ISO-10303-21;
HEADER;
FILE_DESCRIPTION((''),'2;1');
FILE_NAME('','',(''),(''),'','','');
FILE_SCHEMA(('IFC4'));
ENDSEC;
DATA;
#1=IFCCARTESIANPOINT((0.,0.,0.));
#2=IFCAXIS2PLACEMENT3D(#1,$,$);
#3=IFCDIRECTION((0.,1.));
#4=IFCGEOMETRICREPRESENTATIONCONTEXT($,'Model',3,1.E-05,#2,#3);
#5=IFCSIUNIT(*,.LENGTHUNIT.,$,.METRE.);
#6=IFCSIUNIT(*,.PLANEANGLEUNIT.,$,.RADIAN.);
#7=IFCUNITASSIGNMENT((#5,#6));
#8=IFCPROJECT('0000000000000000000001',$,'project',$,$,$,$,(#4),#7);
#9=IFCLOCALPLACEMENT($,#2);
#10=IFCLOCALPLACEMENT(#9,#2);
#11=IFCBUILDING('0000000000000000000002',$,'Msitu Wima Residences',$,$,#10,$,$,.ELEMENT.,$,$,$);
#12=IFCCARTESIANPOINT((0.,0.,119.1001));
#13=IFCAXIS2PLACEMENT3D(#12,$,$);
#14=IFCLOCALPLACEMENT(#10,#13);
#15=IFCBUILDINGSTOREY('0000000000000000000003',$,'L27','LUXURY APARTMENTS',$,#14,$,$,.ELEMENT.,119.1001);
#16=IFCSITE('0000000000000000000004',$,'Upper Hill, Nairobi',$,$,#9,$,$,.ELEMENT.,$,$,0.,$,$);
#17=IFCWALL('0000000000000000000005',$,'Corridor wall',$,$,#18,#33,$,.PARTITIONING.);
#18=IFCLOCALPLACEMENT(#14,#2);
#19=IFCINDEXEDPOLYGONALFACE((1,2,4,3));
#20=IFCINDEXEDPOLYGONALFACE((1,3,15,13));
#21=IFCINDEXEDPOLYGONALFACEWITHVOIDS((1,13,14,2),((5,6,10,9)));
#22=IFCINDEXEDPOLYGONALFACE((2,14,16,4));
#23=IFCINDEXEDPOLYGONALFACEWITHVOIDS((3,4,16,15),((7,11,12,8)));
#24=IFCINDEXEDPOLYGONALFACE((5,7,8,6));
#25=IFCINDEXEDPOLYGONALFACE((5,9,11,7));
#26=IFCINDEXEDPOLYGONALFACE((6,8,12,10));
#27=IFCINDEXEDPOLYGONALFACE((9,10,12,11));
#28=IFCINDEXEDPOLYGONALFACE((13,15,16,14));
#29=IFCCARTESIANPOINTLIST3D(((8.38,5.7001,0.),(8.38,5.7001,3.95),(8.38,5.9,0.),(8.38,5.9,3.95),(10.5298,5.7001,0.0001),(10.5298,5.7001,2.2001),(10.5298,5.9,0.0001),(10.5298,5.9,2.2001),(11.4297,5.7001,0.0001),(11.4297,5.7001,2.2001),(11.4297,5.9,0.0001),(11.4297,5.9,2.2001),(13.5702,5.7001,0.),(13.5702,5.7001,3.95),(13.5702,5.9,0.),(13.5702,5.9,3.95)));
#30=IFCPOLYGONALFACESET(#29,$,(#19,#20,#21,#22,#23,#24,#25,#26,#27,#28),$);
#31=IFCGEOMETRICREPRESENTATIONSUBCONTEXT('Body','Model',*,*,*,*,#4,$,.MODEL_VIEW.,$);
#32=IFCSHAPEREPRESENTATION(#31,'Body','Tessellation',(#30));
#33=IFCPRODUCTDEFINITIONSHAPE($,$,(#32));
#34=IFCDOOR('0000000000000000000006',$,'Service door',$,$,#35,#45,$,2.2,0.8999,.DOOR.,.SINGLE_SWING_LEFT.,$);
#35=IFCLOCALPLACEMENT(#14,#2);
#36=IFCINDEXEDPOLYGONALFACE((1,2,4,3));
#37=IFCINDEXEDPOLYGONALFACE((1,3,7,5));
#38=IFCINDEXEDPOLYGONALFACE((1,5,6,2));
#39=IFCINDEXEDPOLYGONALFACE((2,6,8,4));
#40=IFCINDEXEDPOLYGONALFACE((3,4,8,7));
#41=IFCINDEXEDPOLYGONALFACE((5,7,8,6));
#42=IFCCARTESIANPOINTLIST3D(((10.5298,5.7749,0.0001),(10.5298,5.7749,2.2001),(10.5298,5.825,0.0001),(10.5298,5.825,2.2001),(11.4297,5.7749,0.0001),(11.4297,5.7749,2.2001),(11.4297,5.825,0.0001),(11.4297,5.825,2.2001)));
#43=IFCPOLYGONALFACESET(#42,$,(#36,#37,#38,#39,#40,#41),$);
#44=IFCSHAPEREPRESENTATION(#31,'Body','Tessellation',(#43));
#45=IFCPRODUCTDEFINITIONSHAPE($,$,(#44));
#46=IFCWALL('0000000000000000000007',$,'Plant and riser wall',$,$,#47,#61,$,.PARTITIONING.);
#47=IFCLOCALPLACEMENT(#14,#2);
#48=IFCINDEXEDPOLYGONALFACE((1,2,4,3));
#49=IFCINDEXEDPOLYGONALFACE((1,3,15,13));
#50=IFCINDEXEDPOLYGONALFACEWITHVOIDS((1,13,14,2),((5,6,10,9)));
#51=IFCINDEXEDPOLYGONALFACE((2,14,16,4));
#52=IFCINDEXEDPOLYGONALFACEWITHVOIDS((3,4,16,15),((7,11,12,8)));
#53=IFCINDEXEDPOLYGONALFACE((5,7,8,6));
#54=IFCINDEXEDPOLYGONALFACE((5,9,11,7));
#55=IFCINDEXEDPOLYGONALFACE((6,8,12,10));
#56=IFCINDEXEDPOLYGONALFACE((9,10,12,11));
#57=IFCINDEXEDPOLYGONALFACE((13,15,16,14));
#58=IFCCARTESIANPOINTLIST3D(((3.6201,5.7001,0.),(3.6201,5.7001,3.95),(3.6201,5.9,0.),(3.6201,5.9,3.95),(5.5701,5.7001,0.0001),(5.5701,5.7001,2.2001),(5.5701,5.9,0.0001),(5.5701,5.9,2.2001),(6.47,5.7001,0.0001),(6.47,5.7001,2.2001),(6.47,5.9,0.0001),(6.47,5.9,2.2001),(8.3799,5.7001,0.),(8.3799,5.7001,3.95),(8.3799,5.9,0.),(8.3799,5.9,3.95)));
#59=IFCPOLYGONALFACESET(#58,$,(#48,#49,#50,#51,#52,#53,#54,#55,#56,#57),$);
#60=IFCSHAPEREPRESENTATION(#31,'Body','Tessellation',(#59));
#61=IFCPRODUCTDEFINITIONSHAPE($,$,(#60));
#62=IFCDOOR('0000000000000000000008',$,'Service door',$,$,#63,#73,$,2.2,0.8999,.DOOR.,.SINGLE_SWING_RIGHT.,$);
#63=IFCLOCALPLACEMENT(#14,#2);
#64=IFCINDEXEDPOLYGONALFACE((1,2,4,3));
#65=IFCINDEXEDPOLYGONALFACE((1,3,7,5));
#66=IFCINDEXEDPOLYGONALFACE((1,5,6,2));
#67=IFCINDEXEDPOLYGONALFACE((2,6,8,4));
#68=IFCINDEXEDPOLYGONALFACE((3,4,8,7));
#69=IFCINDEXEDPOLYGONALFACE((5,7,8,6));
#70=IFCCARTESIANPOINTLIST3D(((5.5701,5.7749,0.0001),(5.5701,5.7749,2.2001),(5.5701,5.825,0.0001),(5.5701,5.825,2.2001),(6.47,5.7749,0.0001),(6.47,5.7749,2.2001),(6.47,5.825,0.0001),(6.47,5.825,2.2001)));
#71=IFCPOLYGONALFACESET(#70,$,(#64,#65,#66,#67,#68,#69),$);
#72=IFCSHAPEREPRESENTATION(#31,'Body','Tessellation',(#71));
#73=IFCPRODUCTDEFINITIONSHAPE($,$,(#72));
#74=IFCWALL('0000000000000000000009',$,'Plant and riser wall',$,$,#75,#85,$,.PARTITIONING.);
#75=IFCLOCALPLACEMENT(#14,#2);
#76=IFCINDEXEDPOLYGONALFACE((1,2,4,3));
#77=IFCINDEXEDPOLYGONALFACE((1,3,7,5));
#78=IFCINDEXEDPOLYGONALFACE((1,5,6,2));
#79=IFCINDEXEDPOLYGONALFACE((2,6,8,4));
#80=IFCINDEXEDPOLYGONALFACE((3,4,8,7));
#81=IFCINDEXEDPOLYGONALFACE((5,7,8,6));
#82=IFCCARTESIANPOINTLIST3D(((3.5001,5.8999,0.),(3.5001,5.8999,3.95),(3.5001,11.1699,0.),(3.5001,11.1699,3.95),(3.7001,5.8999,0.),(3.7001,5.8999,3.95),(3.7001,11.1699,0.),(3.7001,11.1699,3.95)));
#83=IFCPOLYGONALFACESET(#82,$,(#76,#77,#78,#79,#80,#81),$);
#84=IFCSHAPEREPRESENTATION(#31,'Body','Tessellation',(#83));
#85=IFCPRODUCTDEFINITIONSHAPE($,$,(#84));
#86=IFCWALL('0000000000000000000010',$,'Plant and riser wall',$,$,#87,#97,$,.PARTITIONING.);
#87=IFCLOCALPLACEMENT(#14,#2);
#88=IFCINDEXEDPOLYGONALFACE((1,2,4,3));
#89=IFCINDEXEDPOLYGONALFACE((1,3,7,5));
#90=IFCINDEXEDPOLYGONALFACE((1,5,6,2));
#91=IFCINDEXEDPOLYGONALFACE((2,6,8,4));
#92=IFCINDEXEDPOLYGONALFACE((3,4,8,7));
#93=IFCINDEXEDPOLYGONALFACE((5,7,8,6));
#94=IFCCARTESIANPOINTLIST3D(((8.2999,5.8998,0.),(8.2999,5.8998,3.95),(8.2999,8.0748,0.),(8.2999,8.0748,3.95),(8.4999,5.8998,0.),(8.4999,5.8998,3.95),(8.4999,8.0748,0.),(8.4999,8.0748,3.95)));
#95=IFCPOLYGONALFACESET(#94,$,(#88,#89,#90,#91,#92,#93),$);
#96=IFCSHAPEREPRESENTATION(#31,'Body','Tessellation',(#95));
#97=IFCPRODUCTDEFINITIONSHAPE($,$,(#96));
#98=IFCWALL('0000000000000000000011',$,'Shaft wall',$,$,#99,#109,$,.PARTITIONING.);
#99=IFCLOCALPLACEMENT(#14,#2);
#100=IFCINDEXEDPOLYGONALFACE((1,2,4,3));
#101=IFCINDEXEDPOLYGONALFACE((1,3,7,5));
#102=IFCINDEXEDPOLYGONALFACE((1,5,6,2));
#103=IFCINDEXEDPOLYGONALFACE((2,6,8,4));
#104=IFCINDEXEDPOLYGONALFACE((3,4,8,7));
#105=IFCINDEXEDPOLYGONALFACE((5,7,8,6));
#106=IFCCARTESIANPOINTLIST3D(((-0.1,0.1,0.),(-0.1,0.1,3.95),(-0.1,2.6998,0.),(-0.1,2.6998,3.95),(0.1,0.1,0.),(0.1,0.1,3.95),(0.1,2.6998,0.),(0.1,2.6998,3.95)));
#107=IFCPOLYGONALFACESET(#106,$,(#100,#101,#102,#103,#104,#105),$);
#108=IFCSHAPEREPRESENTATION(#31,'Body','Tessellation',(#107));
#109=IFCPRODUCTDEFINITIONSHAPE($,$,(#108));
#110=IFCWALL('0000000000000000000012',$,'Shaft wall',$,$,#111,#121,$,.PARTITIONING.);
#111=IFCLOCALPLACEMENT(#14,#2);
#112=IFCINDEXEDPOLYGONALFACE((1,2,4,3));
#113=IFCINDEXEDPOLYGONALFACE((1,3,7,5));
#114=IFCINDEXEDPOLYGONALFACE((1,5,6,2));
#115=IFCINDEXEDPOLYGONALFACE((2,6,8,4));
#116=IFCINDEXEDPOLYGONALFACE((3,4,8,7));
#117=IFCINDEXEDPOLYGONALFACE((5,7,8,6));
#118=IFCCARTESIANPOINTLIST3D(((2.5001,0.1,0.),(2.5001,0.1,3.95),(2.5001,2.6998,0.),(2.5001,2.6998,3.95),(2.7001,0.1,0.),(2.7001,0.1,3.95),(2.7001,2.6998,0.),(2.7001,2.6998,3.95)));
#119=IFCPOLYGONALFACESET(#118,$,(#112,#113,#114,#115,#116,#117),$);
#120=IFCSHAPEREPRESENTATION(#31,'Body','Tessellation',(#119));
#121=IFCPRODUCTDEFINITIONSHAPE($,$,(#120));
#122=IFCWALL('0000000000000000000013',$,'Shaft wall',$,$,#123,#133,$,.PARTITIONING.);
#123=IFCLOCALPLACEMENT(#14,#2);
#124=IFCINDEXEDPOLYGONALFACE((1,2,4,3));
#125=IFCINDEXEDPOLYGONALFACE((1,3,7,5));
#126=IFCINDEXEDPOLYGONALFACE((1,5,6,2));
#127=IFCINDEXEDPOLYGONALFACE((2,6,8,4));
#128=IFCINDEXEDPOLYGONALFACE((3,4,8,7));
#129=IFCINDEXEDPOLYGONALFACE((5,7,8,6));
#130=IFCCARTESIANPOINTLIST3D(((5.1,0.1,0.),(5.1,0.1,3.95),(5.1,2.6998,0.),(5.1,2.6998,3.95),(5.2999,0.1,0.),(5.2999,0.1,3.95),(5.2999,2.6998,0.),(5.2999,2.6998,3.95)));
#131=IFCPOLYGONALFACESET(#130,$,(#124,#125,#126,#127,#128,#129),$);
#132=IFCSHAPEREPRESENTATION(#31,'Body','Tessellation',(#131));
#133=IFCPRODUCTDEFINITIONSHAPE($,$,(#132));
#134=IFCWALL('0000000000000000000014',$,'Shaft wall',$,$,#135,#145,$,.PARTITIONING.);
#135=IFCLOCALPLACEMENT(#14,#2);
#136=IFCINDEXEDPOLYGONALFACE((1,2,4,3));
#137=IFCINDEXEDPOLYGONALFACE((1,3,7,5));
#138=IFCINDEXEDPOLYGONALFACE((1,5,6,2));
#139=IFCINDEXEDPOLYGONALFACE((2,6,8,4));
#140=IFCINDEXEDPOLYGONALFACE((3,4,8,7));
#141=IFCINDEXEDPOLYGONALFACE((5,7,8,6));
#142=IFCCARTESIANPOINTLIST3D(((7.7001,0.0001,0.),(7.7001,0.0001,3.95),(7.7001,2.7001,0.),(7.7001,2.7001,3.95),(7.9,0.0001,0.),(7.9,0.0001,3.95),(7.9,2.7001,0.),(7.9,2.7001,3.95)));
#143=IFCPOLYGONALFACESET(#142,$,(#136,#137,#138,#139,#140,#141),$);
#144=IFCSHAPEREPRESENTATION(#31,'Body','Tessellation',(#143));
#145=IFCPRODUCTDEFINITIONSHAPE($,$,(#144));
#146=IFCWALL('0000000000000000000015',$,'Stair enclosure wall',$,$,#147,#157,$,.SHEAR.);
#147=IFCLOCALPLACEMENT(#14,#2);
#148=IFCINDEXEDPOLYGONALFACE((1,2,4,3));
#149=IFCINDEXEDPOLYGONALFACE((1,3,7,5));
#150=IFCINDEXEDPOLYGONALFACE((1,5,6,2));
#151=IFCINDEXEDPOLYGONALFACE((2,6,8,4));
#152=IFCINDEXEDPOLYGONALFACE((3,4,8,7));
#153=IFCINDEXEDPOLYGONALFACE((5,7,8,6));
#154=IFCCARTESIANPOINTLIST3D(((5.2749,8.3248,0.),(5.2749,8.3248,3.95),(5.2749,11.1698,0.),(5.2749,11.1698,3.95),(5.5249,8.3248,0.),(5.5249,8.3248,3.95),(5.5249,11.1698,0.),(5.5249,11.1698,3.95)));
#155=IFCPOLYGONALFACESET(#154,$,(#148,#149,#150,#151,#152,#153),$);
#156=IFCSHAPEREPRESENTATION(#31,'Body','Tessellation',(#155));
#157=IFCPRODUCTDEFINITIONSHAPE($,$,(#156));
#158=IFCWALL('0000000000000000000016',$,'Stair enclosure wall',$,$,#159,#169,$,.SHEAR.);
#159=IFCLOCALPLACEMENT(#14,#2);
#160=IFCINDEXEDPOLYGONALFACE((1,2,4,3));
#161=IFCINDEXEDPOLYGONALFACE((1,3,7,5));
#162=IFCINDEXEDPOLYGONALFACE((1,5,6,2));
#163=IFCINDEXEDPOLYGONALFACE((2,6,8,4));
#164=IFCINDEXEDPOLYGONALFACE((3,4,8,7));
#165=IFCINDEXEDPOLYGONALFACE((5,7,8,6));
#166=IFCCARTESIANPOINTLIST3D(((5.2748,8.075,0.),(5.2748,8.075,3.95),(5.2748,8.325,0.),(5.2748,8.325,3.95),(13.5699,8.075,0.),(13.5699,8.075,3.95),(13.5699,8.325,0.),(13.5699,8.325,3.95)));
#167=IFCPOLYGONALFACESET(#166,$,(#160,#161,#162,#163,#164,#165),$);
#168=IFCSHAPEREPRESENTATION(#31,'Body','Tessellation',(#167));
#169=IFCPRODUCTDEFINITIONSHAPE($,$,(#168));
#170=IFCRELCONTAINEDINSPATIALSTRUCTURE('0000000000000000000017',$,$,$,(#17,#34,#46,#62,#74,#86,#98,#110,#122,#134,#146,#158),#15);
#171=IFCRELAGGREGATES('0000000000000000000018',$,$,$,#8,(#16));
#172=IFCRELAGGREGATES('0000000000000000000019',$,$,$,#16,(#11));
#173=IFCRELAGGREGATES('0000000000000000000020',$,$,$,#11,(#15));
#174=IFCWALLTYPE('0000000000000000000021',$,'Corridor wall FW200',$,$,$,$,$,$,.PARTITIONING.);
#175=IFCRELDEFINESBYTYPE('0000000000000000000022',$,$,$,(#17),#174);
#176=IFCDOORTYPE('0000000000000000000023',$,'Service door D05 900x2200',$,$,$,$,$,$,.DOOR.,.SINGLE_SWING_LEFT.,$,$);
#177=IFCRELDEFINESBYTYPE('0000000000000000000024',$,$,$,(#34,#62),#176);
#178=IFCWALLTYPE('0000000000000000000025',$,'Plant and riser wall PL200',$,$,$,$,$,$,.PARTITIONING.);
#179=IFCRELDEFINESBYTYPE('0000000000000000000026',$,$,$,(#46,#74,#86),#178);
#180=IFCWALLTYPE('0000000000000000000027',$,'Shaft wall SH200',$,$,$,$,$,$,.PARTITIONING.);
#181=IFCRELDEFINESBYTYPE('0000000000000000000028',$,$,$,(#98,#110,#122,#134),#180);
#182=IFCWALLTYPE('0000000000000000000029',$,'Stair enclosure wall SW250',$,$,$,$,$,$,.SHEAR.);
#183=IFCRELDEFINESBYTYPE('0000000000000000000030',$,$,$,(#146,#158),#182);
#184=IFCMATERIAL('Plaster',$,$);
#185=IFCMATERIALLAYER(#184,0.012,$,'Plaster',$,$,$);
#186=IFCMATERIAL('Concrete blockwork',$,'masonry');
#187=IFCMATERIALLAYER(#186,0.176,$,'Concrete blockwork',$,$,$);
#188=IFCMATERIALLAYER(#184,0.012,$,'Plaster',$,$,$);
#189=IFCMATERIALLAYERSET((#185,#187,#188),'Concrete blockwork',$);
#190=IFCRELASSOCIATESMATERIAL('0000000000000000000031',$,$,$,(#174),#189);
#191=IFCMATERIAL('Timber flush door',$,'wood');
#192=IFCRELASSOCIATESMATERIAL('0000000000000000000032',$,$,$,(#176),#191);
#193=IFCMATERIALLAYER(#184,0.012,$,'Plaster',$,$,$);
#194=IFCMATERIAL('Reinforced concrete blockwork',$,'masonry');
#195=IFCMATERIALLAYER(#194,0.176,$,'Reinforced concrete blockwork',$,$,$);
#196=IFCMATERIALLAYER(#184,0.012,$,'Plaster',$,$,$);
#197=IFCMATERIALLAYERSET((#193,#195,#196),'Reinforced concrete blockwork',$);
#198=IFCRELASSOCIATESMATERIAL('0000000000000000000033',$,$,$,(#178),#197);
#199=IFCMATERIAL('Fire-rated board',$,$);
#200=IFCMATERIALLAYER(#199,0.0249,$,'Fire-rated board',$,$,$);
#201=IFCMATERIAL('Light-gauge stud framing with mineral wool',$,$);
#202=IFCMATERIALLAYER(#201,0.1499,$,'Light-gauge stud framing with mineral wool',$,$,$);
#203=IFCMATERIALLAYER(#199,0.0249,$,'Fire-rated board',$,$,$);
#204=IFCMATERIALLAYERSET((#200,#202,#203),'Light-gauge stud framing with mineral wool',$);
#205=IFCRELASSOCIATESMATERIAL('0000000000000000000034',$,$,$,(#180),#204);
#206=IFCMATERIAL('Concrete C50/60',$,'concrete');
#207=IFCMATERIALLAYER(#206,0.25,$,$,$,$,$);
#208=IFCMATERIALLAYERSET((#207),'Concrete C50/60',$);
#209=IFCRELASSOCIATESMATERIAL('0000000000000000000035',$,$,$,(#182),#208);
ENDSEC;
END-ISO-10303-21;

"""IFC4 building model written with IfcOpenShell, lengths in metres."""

from ifc_helpers import new_model, si_unit, direction, frame, frame_2d, origin, place, context, subcontext, project, spatial, rectangle, extrude, material, layer, layer_set, type_object, element, fill, save


model = new_model("IFC4")

# Units and contexts
model_context = context("Model", 3, precision=1e-05, world=origin(), true_north=direction((0.0, 1.0)))
body_context = subcontext(model_context, "Body", "Model", "MODEL_VIEW")
ifc_project = project(units=[si_unit("LENGTHUNIT", "METRE"), si_unit("PLANEANGLEUNIT", "RADIAN")], contexts=[model_context])

# Site, building, storey
site_placement = place(None, origin())
site = spatial("IfcSite", under=ifc_project, at=site_placement, Name="Upper Hill, Nairobi", CompositionType="ELEMENT", RefElevation=0.0)
building_placement = place(site_placement, origin())
building = spatial("IfcBuilding", under=site, at=building_placement, Name="Msitu Wima Residences", CompositionType="ELEMENT")
storey_placement = place(building_placement, frame((0.0, 0.0, 119.1001)))
storey = spatial("IfcBuildingStorey", under=building, at=storey_placement, Name="L27", Description="LUXURY APARTMENTS", CompositionType="ELEMENT", Elevation=119.1001)

# Walls, openings, doors
ifc_material_1 = material(Name="Plaster")
ifc_layer_1 = layer(ifc_material_1, 0.012, Name="Plaster")
ifc_material_2 = material(Name="Concrete blockwork", Category="masonry")
ifc_layer_2 = layer(ifc_material_2, 0.176, Name="Concrete blockwork")
ifc_layer_3 = layer(ifc_material_1, 0.012, Name="Plaster")
ifc_layer_set_1 = layer_set([ifc_layer_1, ifc_layer_2, ifc_layer_3], Name="Concrete blockwork")
wall_type_1 = type_object("IfcWallType", Name="Corridor wall FW200", PredefinedType="PARTITIONING", material=ifc_layer_set_1)
wall_1_placement = place(storey_placement, frame((8.3799, 5.8, 0.0), z_axis=(0.0, 0.0, 1.0), x_axis=(1.0, 0.0, 0.0)))
wall_1 = element("IfcWall", 1, at=wall_1_placement, inside=storey, type_object=wall_type_1, Name="Corridor wall", PredefinedType="PARTITIONING", context=body_context, shape_type="SweptSolid", body=[
    extrude(rectangle(XDim=5.1902, YDim=0.2, at=frame_2d((2.5952, 0.0))), origin(), (0.0, 0.0, 1.0), 3.95),
])
opening_1_placement = place(wall_1_placement, frame((2.1499, 0.0, 0.0)))
opening_1 = element("IfcOpeningElement", 2, at=opening_1_placement, cuts=wall_1, PredefinedType="OPENING", context=body_context, shape_type="SweptSolid", body=[
    extrude(rectangle(XDim=0.8999, YDim=2.2, at=frame_2d((0.45, 1.1001))), frame((0.0, 0.1099, 0.0), z_axis=(0.0, -1.0, 0.0), x_axis=(1.0, 0.0, 0.0)), (0.0, 0.0, 1.0), 0.22),
])
ifc_material_3 = material(Name="Timber flush door", Category="wood")
door_type = type_object("IfcDoorType", Name="Service door D05 900x2200", OperationType="SINGLE_SWING_LEFT", PredefinedType="DOOR", material=ifc_material_3)
door_1_placement = place(opening_1_placement, origin())
door_1 = element("IfcDoor", 3, at=door_1_placement, inside=storey, type_object=door_type, Name="Service door", OperationType="SINGLE_SWING_LEFT", OverallHeight=2.2, OverallWidth=0.8999, PredefinedType="DOOR", context=body_context, shape_type="SweptSolid", body=[
    extrude(rectangle(XDim=0.8999, YDim=2.2, at=frame_2d((0.45, 1.1001))), frame((0.0, 0.0249, 0.0), z_axis=(0.0, -1.0, 0.0), x_axis=(1.0, 0.0, 0.0)), (0.0, 0.0, 1.0), 0.05),
])
fill(opening_1, door_1)
ifc_layer_4 = layer(ifc_material_1, 0.012, Name="Plaster")
ifc_material_4 = material(Name="Reinforced concrete blockwork", Category="masonry")
ifc_layer_5 = layer(ifc_material_4, 0.176, Name="Reinforced concrete blockwork")
ifc_layer_6 = layer(ifc_material_1, 0.012, Name="Plaster")
ifc_layer_set_2 = layer_set([ifc_layer_4, ifc_layer_5, ifc_layer_6], Name="Reinforced concrete blockwork")
wall_type_2 = type_object("IfcWallType", Name="Plant and riser wall PL200", PredefinedType="PARTITIONING", material=ifc_layer_set_2)
wall_2_placement = place(storey_placement, frame((3.6201, 5.8, 0.0), z_axis=(0.0, 0.0, 1.0), x_axis=(1.0, 0.0, 0.0)))
wall_2 = element("IfcWall", 4, at=wall_2_placement, inside=storey, type_object=wall_type_2, Name="Plant and riser wall", PredefinedType="PARTITIONING", context=body_context, shape_type="SweptSolid", body=[
    extrude(rectangle(XDim=4.7598, YDim=0.2, at=frame_2d((2.3799, 0.0))), origin(), (0.0, 0.0, 1.0), 3.95),
])
opening_2_placement = place(wall_2_placement, frame((1.95, 0.0, 0.0)))
opening_2 = element("IfcOpeningElement", 5, at=opening_2_placement, cuts=wall_2, PredefinedType="OPENING", context=body_context, shape_type="SweptSolid", body=[
    extrude(rectangle(XDim=0.8999, YDim=2.2, at=frame_2d((0.45, 1.1001))), frame((0.0, 0.1099, 0.0), z_axis=(0.0, -1.0, 0.0), x_axis=(1.0, 0.0, 0.0)), (0.0, 0.0, 1.0), 0.22),
])
door_2_placement = place(opening_2_placement, origin())
door_2 = element("IfcDoor", 6, at=door_2_placement, inside=storey, type_object=door_type, Name="Service door", OperationType="SINGLE_SWING_RIGHT", OverallHeight=2.2, OverallWidth=0.8999, PredefinedType="DOOR", context=body_context, shape_type="SweptSolid", body=[
    extrude(rectangle(XDim=0.8999, YDim=2.2, at=frame_2d((0.45, 1.1001))), frame((0.0, 0.0249, 0.0), z_axis=(0.0, -1.0, 0.0), x_axis=(1.0, 0.0, 0.0)), (0.0, 0.0, 1.0), 0.05),
])
fill(opening_2, door_2)

# Walls
wall_3_placement = place(storey_placement, frame((3.6001, 5.8999, 0.0), z_axis=(0.0, 0.0, 1.0), x_axis=(0.0, 1.0, 0.0)))
element("IfcWall", 7, at=wall_3_placement, inside=storey, type_object=wall_type_2, Name="Plant and riser wall", PredefinedType="PARTITIONING", context=body_context, shape_type="SweptSolid", body=[
    extrude(rectangle(XDim=5.27, YDim=0.2, at=frame_2d((2.635, 0.0))), origin(), (0.0, 0.0, 1.0), 3.95),
])
wall_4_placement = place(storey_placement, frame((8.3999, 5.8999, 0.0), z_axis=(0.0, 0.0, 1.0), x_axis=(0.0, 1.0, 0.0)))
element("IfcWall", 8, at=wall_4_placement, inside=storey, type_object=wall_type_2, Name="Plant and riser wall", PredefinedType="PARTITIONING", context=body_context, shape_type="SweptSolid", body=[
    extrude(rectangle(XDim=2.175, YDim=0.2, at=frame_2d((1.0874, 0.0))), origin(), (0.0, 0.0, 1.0), 3.95),
])
ifc_material_5 = material(Name="Fire-rated board")
ifc_layer_7 = layer(ifc_material_5, 0.0249, Name="Fire-rated board")
ifc_material_6 = material(Name="Light-gauge stud framing with mineral wool")
ifc_layer_8 = layer(ifc_material_6, 0.1499, Name="Light-gauge stud framing with mineral wool")
ifc_layer_9 = layer(ifc_material_5, 0.0249, Name="Fire-rated board")
ifc_layer_set_3 = layer_set([ifc_layer_7, ifc_layer_8, ifc_layer_9], Name="Light-gauge stud framing with mineral wool")
wall_type_3 = type_object("IfcWallType", Name="Shaft wall SH200", PredefinedType="PARTITIONING", material=ifc_layer_set_3)
for number, where, z_axis, x_axis, name in (
    (9, (0.0, 0.1001, 0.0), (0.0, 0.0, 1.0), (0.0, 1.0, 0.0), "Shaft wall"),
    (10, (2.6001, 0.1001, 0.0), (0.0, 0.0, 1.0), (0.0, 1.0, 0.0), "Shaft wall"),
    (11, (5.2, 0.1001, 0.0), (0.0, 0.0, 1.0), (0.0, 1.0, 0.0), "Shaft wall"),
):
    element("IfcWall", number, at=place(storey_placement, frame(where, z_axis=z_axis, x_axis=x_axis)), inside=storey, type_object=wall_type_3, Name=name, PredefinedType="PARTITIONING", context=body_context, shape_type="SweptSolid", body=[
        extrude(rectangle(XDim=2.5999, YDim=0.2, at=frame_2d((1.2998, 0.0))), origin(), (0.0, 0.0, 1.0), 3.95),
    ])
wall_5_placement = place(storey_placement, frame((7.8, 0.0, 0.0), z_axis=(0.0, 0.0, 1.0), x_axis=(0.0, 1.0, 0.0)))
element("IfcWall", 12, at=wall_5_placement, inside=storey, type_object=wall_type_3, Name="Shaft wall", PredefinedType="PARTITIONING", context=body_context, shape_type="SweptSolid", body=[
    extrude(rectangle(XDim=2.7, YDim=0.2, at=frame_2d((1.3501, 0.0))), origin(), (0.0, 0.0, 1.0), 3.95),
])
ifc_material_7 = material(Name="Concrete C50/60", Category="concrete")
ifc_layer_10 = layer(ifc_material_7, 0.25)
ifc_layer_set_4 = layer_set([ifc_layer_10], Name="Concrete C50/60")
wall_type_4 = type_object("IfcWallType", Name="Stair enclosure wall SW250", PredefinedType="SHEAR", material=ifc_layer_set_4)
wall_6_placement = place(storey_placement, frame((5.3999, 8.325, 0.0), z_axis=(0.0, 0.0, 1.0), x_axis=(0.0, 1.0, 0.0)))
element("IfcWall", 13, at=wall_6_placement, inside=storey, type_object=wall_type_4, Name="Stair enclosure wall", PredefinedType="SHEAR", context=body_context, shape_type="SweptSolid", body=[
    extrude(rectangle(XDim=2.845, YDim=0.25, at=frame_2d((1.4224, 0.0))), origin(), (0.0, 0.0, 1.0), 3.95),
])
wall_7_placement = place(storey_placement, frame((5.2749, 8.2, 0.0), z_axis=(0.0, 0.0, 1.0), x_axis=(1.0, 0.0, 0.0)))
element("IfcWall", 14, at=wall_7_placement, inside=storey, type_object=wall_type_4, Name="Stair enclosure wall", PredefinedType="SHEAR", context=body_context, shape_type="SweptSolid", body=[
    extrude(rectangle(XDim=8.2952, YDim=0.25, at=frame_2d((4.1475, 0.0))), origin(), (0.0, 0.0, 1.0), 3.95),
])

save(model, "model.ifc")
